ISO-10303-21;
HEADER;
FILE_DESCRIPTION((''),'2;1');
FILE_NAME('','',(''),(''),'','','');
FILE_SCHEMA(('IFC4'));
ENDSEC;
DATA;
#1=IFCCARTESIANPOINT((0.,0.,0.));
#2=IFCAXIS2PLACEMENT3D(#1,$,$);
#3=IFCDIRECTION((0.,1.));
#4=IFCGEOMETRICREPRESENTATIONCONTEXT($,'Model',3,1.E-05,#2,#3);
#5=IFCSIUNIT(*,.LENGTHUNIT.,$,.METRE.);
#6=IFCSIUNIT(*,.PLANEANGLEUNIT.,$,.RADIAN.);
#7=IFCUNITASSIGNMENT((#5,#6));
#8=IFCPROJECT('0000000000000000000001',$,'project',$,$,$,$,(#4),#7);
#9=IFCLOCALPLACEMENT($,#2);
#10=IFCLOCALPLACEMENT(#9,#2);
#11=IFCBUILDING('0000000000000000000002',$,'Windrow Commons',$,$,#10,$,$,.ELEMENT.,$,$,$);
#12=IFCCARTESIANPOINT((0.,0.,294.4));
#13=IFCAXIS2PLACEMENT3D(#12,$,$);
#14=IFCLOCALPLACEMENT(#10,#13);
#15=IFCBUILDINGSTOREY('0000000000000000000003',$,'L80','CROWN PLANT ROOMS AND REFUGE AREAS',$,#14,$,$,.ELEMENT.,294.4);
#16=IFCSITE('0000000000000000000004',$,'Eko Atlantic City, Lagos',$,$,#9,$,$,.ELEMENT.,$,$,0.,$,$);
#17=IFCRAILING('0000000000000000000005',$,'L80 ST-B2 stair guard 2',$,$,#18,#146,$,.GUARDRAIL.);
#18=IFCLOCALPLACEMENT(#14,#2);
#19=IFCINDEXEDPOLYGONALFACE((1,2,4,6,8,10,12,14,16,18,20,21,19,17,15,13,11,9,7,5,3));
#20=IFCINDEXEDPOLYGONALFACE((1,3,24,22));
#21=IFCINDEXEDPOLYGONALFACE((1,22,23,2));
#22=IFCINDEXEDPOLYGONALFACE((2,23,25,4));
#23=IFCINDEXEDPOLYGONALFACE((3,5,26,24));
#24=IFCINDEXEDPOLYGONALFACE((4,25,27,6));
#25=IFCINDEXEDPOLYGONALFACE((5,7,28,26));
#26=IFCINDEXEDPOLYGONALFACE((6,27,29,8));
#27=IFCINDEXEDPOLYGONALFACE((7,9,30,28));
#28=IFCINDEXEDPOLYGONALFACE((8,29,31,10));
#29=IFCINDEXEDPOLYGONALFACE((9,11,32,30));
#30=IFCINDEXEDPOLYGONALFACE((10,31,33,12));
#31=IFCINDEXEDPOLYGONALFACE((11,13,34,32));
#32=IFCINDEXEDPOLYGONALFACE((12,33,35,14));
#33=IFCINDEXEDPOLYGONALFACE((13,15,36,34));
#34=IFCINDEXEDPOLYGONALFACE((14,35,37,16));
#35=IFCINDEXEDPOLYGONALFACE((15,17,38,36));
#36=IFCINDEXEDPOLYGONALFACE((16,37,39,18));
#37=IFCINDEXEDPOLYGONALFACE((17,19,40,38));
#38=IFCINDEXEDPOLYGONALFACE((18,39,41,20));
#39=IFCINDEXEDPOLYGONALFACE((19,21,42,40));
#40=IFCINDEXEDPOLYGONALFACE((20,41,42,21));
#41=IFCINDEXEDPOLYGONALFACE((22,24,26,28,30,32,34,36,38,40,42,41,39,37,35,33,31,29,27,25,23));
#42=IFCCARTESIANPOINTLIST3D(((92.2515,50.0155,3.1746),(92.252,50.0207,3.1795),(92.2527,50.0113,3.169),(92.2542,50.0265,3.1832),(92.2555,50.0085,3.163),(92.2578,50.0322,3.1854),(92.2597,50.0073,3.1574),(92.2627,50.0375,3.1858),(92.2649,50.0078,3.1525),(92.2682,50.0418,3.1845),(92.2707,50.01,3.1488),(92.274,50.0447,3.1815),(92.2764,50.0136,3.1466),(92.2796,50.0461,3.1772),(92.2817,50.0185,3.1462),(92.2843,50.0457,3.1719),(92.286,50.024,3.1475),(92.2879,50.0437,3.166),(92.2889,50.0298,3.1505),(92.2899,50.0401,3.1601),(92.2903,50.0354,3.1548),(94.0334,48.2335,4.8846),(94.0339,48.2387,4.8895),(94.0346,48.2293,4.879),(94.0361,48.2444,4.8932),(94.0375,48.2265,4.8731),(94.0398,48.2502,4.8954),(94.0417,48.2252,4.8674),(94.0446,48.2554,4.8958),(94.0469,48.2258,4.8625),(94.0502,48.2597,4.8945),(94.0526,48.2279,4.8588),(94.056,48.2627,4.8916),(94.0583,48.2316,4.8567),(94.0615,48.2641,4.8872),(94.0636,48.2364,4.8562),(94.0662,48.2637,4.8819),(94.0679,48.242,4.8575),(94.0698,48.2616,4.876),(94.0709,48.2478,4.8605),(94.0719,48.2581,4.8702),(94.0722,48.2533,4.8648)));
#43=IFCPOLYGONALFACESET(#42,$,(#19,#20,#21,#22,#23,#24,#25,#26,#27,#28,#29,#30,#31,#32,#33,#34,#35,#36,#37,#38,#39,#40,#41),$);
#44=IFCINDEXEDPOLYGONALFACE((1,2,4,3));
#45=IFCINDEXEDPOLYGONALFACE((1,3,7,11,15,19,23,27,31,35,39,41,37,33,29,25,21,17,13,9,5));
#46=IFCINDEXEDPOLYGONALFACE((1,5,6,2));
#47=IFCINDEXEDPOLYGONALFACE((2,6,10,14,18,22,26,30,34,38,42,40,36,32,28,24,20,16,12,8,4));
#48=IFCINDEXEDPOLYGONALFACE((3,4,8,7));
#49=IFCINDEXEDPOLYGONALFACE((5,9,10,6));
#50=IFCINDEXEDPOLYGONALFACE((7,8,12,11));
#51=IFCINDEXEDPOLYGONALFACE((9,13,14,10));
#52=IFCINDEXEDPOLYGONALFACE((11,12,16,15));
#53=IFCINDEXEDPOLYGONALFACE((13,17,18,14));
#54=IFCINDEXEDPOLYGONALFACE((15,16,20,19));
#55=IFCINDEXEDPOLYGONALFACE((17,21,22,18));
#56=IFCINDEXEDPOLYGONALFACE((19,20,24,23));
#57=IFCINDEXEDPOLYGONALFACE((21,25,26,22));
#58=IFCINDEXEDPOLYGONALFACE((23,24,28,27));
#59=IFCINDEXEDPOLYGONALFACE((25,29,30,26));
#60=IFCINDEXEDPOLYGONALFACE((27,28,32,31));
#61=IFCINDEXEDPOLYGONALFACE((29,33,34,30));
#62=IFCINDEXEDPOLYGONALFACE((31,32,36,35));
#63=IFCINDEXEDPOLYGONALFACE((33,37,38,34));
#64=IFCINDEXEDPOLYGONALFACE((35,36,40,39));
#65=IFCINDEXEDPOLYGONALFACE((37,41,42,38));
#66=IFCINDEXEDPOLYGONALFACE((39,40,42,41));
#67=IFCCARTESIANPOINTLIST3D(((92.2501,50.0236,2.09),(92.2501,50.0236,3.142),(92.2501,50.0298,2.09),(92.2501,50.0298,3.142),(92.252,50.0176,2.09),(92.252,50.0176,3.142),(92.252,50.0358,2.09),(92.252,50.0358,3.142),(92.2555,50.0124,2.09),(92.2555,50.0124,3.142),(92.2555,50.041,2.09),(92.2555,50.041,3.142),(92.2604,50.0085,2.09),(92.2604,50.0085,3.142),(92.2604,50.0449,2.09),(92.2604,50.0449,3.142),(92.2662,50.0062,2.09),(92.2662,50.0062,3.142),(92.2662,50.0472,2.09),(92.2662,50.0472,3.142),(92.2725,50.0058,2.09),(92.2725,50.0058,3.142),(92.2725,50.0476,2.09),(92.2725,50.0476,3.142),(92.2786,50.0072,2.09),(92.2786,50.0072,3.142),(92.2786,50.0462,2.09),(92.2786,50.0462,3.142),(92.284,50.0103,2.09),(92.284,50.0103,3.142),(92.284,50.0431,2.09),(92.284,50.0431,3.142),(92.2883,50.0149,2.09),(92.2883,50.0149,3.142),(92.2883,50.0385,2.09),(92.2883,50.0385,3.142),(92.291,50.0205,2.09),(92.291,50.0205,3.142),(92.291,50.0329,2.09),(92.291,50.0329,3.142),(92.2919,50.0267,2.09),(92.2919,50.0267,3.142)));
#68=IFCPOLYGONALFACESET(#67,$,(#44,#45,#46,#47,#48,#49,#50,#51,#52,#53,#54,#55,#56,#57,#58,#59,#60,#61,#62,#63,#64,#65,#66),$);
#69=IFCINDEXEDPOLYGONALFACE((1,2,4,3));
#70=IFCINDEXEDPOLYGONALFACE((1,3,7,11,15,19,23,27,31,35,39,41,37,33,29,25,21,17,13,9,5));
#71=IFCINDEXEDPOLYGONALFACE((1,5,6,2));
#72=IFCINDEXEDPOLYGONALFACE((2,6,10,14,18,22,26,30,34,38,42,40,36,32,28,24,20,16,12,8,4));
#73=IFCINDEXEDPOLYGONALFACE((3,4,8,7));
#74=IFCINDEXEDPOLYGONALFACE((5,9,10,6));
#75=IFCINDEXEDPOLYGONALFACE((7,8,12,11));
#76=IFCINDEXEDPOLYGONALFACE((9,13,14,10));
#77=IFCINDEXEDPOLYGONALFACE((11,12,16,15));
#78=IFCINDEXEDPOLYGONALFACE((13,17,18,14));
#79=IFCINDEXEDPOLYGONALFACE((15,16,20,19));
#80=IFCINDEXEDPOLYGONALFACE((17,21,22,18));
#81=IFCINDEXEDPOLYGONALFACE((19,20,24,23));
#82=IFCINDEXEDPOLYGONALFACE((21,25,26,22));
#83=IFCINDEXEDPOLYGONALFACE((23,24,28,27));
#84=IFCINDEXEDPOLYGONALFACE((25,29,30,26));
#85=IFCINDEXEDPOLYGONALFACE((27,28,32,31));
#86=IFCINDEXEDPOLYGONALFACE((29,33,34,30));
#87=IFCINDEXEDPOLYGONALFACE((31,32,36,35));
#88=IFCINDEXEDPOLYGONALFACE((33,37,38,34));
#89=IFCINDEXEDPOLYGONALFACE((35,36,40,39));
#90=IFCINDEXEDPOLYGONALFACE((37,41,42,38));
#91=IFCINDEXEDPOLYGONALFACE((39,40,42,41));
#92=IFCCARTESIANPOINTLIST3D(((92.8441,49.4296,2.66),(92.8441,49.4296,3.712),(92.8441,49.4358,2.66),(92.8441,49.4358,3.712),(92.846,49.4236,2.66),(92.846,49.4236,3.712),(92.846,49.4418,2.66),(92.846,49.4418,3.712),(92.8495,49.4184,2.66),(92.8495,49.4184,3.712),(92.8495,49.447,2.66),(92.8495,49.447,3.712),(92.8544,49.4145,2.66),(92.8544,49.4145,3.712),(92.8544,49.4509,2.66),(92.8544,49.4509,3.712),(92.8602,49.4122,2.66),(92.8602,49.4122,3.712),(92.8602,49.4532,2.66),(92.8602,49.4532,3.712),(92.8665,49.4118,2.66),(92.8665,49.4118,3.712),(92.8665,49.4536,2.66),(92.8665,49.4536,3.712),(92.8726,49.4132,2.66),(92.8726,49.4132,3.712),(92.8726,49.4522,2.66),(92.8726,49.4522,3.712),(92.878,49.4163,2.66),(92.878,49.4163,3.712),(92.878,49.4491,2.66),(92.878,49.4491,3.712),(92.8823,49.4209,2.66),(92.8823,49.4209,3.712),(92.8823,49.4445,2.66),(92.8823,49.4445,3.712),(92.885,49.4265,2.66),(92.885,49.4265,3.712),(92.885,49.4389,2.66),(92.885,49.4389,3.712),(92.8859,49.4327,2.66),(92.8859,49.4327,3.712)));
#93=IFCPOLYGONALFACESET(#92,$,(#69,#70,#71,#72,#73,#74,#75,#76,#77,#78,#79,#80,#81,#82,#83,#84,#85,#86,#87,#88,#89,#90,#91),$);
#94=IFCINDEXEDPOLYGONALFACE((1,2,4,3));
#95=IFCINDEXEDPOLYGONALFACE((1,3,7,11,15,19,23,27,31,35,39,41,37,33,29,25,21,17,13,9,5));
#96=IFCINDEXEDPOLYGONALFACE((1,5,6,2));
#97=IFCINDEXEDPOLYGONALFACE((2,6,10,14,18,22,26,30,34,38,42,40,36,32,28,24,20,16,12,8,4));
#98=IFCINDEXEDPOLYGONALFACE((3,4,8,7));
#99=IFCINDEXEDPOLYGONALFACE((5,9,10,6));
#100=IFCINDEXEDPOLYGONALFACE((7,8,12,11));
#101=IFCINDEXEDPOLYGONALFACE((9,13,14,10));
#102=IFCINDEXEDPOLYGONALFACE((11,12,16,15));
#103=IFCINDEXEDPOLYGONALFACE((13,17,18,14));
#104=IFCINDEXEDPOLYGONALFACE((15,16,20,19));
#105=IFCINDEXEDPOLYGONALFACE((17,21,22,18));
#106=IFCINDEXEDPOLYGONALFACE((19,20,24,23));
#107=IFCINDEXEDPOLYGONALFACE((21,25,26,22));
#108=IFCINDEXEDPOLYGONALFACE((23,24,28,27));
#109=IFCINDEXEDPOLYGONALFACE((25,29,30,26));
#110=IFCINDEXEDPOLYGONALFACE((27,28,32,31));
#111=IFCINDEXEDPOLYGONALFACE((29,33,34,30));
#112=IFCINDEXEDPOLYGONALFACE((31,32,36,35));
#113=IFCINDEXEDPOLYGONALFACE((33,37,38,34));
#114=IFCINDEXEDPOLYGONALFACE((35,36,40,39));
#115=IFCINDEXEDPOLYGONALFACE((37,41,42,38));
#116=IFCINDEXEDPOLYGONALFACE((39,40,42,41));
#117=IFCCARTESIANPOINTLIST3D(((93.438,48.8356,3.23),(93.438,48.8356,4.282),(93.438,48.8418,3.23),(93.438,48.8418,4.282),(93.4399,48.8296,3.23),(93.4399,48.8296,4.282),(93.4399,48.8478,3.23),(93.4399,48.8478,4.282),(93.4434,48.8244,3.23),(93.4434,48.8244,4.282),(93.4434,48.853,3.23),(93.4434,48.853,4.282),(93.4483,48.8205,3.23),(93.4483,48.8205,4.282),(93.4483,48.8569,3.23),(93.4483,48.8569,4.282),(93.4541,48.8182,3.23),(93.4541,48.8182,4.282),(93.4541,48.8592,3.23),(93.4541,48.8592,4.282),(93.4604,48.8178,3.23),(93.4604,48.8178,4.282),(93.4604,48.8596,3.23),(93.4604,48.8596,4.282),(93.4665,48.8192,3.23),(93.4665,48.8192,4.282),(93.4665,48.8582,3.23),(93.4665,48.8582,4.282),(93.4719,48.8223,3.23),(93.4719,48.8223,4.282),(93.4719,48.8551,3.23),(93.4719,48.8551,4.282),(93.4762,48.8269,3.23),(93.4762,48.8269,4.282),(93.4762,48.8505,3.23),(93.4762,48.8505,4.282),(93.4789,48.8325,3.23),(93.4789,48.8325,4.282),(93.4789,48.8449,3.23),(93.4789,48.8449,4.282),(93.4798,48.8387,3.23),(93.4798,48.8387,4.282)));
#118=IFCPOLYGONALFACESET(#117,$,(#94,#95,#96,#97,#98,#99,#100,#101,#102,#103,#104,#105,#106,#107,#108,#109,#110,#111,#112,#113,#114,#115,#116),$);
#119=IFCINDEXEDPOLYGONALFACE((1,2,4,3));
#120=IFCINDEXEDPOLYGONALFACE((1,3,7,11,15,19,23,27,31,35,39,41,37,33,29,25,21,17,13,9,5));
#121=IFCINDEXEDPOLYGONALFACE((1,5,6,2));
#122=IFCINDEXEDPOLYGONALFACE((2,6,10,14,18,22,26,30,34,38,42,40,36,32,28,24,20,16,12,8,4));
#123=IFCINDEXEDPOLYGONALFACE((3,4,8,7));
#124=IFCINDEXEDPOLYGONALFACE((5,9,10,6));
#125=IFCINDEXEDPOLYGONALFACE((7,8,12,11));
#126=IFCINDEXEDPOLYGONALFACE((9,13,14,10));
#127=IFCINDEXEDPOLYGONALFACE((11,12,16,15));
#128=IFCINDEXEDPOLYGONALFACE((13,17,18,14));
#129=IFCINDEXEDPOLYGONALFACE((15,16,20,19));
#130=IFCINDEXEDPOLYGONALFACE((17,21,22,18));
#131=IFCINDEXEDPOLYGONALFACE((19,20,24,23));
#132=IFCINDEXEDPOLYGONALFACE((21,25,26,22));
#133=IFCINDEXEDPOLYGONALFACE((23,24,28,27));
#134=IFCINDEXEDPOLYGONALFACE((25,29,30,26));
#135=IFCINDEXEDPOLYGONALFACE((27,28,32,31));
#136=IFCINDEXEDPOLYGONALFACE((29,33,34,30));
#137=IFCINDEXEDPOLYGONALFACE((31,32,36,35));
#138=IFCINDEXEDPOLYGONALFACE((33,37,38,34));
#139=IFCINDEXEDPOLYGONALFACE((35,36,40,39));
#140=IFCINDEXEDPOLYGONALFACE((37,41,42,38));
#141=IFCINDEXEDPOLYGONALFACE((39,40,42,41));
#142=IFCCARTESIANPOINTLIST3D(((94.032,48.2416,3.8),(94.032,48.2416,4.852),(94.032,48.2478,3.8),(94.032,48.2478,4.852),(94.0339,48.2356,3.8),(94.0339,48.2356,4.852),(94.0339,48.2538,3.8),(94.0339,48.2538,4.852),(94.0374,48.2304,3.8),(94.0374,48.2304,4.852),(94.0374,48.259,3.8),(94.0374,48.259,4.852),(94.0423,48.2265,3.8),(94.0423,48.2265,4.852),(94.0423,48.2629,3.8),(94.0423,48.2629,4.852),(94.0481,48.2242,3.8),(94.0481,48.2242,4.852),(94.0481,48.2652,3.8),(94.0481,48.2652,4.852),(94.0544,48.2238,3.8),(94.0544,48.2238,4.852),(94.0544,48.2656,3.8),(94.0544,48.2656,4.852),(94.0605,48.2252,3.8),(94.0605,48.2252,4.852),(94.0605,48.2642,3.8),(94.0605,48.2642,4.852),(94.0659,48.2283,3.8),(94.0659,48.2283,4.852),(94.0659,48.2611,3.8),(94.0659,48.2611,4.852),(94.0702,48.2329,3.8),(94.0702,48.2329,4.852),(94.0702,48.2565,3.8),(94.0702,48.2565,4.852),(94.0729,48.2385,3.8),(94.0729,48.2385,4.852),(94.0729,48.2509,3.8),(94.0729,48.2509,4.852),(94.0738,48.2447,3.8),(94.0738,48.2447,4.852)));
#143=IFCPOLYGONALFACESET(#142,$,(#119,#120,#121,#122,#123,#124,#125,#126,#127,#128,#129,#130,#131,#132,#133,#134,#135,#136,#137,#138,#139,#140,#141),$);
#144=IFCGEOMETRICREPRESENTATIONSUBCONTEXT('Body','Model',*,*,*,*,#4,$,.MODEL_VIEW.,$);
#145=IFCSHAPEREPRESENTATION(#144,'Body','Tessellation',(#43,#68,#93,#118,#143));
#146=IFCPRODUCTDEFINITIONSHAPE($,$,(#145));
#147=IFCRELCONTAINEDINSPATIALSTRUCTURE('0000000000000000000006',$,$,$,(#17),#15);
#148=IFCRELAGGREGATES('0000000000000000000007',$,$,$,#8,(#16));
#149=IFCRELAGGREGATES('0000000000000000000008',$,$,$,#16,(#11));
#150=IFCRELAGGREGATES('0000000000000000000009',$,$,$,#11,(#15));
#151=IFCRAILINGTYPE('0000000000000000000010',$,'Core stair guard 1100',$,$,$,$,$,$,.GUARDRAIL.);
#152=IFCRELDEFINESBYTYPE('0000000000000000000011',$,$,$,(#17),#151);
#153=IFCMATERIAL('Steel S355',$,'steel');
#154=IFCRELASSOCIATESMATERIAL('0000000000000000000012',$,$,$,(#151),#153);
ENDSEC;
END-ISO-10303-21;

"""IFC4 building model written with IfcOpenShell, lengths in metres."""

from ifc_helpers import new_model, si_unit, direction, frame, origin, origin_2d, place, context, subcontext, project, spatial, circle, extrude, material, type_object, element, save


model = new_model("IFC4")

# Units and contexts
model_context = context("Model", 3, precision=1e-05, world=origin(), true_north=direction((0.0, 1.0)))
body_context = subcontext(model_context, "Body", "Model", "MODEL_VIEW")
ifc_project = project(units=[si_unit("LENGTHUNIT", "METRE"), si_unit("PLANEANGLEUNIT", "RADIAN")], contexts=[model_context])

# Site, building, storey
site_placement = place(None, origin())
site = spatial("IfcSite", under=ifc_project, at=site_placement, Name="Eko Atlantic City, Lagos", CompositionType="ELEMENT", RefElevation=0.0)
building_placement = place(site_placement, origin())
building = spatial("IfcBuilding", under=site, at=building_placement, Name="Windrow Commons", CompositionType="ELEMENT")
storey_placement = place(building_placement, frame((0.0, 0.0, 294.4)))
storey = spatial("IfcBuildingStorey", under=building, at=storey_placement, Name="L80", Description="CROWN PLANT ROOMS AND REFUGE AREAS", CompositionType="ELEMENT", Elevation=294.4)

# Railing
ifc_material_1 = material(Name="Steel S355", Category="steel")
railing_type_1 = type_object("IfcRailingType", Name="Core stair guard 1100", PredefinedType="GUARDRAIL", material=ifc_material_1)
railing_1_placement = place(storey_placement, frame((92.2709, 50.0267, 2.09)))
element("IfcRailing", 1, at=railing_1_placement, inside=storey, type_object=railing_type_1, Name="L80 ST-B2 stair guard 2", PredefinedType="GUARDRAIL", context=body_context, shape_type="SweptSolid", body=[
    extrude(circle(Radius=0.024, at=origin_2d()), frame((0.0, 0.0, 1.076), z_axis=(0.585102, -0.585134, 0.561493), x_axis=(0.707127, 0.707087, 0.0)), (0.0, 0.0, 1.0), 3.0455),
    extrude(circle(Radius=0.021, at=origin_2d()), origin(), (0.0, 0.0, 1.0), 1.052),
    extrude(circle(Radius=0.021, at=origin_2d()), frame((0.594, -0.594, 0.57)), (0.0, 0.0, 1.0), 1.052),
    extrude(circle(Radius=0.021, at=origin_2d()), frame((1.1879, -1.188, 1.14)), (0.0, 0.0, 1.0), 1.052),
    extrude(circle(Radius=0.021, at=origin_2d()), frame((1.7819, -1.782, 1.71)), (0.0, 0.0, 1.0), 1.052),
])

save(model, "model.ifc")
